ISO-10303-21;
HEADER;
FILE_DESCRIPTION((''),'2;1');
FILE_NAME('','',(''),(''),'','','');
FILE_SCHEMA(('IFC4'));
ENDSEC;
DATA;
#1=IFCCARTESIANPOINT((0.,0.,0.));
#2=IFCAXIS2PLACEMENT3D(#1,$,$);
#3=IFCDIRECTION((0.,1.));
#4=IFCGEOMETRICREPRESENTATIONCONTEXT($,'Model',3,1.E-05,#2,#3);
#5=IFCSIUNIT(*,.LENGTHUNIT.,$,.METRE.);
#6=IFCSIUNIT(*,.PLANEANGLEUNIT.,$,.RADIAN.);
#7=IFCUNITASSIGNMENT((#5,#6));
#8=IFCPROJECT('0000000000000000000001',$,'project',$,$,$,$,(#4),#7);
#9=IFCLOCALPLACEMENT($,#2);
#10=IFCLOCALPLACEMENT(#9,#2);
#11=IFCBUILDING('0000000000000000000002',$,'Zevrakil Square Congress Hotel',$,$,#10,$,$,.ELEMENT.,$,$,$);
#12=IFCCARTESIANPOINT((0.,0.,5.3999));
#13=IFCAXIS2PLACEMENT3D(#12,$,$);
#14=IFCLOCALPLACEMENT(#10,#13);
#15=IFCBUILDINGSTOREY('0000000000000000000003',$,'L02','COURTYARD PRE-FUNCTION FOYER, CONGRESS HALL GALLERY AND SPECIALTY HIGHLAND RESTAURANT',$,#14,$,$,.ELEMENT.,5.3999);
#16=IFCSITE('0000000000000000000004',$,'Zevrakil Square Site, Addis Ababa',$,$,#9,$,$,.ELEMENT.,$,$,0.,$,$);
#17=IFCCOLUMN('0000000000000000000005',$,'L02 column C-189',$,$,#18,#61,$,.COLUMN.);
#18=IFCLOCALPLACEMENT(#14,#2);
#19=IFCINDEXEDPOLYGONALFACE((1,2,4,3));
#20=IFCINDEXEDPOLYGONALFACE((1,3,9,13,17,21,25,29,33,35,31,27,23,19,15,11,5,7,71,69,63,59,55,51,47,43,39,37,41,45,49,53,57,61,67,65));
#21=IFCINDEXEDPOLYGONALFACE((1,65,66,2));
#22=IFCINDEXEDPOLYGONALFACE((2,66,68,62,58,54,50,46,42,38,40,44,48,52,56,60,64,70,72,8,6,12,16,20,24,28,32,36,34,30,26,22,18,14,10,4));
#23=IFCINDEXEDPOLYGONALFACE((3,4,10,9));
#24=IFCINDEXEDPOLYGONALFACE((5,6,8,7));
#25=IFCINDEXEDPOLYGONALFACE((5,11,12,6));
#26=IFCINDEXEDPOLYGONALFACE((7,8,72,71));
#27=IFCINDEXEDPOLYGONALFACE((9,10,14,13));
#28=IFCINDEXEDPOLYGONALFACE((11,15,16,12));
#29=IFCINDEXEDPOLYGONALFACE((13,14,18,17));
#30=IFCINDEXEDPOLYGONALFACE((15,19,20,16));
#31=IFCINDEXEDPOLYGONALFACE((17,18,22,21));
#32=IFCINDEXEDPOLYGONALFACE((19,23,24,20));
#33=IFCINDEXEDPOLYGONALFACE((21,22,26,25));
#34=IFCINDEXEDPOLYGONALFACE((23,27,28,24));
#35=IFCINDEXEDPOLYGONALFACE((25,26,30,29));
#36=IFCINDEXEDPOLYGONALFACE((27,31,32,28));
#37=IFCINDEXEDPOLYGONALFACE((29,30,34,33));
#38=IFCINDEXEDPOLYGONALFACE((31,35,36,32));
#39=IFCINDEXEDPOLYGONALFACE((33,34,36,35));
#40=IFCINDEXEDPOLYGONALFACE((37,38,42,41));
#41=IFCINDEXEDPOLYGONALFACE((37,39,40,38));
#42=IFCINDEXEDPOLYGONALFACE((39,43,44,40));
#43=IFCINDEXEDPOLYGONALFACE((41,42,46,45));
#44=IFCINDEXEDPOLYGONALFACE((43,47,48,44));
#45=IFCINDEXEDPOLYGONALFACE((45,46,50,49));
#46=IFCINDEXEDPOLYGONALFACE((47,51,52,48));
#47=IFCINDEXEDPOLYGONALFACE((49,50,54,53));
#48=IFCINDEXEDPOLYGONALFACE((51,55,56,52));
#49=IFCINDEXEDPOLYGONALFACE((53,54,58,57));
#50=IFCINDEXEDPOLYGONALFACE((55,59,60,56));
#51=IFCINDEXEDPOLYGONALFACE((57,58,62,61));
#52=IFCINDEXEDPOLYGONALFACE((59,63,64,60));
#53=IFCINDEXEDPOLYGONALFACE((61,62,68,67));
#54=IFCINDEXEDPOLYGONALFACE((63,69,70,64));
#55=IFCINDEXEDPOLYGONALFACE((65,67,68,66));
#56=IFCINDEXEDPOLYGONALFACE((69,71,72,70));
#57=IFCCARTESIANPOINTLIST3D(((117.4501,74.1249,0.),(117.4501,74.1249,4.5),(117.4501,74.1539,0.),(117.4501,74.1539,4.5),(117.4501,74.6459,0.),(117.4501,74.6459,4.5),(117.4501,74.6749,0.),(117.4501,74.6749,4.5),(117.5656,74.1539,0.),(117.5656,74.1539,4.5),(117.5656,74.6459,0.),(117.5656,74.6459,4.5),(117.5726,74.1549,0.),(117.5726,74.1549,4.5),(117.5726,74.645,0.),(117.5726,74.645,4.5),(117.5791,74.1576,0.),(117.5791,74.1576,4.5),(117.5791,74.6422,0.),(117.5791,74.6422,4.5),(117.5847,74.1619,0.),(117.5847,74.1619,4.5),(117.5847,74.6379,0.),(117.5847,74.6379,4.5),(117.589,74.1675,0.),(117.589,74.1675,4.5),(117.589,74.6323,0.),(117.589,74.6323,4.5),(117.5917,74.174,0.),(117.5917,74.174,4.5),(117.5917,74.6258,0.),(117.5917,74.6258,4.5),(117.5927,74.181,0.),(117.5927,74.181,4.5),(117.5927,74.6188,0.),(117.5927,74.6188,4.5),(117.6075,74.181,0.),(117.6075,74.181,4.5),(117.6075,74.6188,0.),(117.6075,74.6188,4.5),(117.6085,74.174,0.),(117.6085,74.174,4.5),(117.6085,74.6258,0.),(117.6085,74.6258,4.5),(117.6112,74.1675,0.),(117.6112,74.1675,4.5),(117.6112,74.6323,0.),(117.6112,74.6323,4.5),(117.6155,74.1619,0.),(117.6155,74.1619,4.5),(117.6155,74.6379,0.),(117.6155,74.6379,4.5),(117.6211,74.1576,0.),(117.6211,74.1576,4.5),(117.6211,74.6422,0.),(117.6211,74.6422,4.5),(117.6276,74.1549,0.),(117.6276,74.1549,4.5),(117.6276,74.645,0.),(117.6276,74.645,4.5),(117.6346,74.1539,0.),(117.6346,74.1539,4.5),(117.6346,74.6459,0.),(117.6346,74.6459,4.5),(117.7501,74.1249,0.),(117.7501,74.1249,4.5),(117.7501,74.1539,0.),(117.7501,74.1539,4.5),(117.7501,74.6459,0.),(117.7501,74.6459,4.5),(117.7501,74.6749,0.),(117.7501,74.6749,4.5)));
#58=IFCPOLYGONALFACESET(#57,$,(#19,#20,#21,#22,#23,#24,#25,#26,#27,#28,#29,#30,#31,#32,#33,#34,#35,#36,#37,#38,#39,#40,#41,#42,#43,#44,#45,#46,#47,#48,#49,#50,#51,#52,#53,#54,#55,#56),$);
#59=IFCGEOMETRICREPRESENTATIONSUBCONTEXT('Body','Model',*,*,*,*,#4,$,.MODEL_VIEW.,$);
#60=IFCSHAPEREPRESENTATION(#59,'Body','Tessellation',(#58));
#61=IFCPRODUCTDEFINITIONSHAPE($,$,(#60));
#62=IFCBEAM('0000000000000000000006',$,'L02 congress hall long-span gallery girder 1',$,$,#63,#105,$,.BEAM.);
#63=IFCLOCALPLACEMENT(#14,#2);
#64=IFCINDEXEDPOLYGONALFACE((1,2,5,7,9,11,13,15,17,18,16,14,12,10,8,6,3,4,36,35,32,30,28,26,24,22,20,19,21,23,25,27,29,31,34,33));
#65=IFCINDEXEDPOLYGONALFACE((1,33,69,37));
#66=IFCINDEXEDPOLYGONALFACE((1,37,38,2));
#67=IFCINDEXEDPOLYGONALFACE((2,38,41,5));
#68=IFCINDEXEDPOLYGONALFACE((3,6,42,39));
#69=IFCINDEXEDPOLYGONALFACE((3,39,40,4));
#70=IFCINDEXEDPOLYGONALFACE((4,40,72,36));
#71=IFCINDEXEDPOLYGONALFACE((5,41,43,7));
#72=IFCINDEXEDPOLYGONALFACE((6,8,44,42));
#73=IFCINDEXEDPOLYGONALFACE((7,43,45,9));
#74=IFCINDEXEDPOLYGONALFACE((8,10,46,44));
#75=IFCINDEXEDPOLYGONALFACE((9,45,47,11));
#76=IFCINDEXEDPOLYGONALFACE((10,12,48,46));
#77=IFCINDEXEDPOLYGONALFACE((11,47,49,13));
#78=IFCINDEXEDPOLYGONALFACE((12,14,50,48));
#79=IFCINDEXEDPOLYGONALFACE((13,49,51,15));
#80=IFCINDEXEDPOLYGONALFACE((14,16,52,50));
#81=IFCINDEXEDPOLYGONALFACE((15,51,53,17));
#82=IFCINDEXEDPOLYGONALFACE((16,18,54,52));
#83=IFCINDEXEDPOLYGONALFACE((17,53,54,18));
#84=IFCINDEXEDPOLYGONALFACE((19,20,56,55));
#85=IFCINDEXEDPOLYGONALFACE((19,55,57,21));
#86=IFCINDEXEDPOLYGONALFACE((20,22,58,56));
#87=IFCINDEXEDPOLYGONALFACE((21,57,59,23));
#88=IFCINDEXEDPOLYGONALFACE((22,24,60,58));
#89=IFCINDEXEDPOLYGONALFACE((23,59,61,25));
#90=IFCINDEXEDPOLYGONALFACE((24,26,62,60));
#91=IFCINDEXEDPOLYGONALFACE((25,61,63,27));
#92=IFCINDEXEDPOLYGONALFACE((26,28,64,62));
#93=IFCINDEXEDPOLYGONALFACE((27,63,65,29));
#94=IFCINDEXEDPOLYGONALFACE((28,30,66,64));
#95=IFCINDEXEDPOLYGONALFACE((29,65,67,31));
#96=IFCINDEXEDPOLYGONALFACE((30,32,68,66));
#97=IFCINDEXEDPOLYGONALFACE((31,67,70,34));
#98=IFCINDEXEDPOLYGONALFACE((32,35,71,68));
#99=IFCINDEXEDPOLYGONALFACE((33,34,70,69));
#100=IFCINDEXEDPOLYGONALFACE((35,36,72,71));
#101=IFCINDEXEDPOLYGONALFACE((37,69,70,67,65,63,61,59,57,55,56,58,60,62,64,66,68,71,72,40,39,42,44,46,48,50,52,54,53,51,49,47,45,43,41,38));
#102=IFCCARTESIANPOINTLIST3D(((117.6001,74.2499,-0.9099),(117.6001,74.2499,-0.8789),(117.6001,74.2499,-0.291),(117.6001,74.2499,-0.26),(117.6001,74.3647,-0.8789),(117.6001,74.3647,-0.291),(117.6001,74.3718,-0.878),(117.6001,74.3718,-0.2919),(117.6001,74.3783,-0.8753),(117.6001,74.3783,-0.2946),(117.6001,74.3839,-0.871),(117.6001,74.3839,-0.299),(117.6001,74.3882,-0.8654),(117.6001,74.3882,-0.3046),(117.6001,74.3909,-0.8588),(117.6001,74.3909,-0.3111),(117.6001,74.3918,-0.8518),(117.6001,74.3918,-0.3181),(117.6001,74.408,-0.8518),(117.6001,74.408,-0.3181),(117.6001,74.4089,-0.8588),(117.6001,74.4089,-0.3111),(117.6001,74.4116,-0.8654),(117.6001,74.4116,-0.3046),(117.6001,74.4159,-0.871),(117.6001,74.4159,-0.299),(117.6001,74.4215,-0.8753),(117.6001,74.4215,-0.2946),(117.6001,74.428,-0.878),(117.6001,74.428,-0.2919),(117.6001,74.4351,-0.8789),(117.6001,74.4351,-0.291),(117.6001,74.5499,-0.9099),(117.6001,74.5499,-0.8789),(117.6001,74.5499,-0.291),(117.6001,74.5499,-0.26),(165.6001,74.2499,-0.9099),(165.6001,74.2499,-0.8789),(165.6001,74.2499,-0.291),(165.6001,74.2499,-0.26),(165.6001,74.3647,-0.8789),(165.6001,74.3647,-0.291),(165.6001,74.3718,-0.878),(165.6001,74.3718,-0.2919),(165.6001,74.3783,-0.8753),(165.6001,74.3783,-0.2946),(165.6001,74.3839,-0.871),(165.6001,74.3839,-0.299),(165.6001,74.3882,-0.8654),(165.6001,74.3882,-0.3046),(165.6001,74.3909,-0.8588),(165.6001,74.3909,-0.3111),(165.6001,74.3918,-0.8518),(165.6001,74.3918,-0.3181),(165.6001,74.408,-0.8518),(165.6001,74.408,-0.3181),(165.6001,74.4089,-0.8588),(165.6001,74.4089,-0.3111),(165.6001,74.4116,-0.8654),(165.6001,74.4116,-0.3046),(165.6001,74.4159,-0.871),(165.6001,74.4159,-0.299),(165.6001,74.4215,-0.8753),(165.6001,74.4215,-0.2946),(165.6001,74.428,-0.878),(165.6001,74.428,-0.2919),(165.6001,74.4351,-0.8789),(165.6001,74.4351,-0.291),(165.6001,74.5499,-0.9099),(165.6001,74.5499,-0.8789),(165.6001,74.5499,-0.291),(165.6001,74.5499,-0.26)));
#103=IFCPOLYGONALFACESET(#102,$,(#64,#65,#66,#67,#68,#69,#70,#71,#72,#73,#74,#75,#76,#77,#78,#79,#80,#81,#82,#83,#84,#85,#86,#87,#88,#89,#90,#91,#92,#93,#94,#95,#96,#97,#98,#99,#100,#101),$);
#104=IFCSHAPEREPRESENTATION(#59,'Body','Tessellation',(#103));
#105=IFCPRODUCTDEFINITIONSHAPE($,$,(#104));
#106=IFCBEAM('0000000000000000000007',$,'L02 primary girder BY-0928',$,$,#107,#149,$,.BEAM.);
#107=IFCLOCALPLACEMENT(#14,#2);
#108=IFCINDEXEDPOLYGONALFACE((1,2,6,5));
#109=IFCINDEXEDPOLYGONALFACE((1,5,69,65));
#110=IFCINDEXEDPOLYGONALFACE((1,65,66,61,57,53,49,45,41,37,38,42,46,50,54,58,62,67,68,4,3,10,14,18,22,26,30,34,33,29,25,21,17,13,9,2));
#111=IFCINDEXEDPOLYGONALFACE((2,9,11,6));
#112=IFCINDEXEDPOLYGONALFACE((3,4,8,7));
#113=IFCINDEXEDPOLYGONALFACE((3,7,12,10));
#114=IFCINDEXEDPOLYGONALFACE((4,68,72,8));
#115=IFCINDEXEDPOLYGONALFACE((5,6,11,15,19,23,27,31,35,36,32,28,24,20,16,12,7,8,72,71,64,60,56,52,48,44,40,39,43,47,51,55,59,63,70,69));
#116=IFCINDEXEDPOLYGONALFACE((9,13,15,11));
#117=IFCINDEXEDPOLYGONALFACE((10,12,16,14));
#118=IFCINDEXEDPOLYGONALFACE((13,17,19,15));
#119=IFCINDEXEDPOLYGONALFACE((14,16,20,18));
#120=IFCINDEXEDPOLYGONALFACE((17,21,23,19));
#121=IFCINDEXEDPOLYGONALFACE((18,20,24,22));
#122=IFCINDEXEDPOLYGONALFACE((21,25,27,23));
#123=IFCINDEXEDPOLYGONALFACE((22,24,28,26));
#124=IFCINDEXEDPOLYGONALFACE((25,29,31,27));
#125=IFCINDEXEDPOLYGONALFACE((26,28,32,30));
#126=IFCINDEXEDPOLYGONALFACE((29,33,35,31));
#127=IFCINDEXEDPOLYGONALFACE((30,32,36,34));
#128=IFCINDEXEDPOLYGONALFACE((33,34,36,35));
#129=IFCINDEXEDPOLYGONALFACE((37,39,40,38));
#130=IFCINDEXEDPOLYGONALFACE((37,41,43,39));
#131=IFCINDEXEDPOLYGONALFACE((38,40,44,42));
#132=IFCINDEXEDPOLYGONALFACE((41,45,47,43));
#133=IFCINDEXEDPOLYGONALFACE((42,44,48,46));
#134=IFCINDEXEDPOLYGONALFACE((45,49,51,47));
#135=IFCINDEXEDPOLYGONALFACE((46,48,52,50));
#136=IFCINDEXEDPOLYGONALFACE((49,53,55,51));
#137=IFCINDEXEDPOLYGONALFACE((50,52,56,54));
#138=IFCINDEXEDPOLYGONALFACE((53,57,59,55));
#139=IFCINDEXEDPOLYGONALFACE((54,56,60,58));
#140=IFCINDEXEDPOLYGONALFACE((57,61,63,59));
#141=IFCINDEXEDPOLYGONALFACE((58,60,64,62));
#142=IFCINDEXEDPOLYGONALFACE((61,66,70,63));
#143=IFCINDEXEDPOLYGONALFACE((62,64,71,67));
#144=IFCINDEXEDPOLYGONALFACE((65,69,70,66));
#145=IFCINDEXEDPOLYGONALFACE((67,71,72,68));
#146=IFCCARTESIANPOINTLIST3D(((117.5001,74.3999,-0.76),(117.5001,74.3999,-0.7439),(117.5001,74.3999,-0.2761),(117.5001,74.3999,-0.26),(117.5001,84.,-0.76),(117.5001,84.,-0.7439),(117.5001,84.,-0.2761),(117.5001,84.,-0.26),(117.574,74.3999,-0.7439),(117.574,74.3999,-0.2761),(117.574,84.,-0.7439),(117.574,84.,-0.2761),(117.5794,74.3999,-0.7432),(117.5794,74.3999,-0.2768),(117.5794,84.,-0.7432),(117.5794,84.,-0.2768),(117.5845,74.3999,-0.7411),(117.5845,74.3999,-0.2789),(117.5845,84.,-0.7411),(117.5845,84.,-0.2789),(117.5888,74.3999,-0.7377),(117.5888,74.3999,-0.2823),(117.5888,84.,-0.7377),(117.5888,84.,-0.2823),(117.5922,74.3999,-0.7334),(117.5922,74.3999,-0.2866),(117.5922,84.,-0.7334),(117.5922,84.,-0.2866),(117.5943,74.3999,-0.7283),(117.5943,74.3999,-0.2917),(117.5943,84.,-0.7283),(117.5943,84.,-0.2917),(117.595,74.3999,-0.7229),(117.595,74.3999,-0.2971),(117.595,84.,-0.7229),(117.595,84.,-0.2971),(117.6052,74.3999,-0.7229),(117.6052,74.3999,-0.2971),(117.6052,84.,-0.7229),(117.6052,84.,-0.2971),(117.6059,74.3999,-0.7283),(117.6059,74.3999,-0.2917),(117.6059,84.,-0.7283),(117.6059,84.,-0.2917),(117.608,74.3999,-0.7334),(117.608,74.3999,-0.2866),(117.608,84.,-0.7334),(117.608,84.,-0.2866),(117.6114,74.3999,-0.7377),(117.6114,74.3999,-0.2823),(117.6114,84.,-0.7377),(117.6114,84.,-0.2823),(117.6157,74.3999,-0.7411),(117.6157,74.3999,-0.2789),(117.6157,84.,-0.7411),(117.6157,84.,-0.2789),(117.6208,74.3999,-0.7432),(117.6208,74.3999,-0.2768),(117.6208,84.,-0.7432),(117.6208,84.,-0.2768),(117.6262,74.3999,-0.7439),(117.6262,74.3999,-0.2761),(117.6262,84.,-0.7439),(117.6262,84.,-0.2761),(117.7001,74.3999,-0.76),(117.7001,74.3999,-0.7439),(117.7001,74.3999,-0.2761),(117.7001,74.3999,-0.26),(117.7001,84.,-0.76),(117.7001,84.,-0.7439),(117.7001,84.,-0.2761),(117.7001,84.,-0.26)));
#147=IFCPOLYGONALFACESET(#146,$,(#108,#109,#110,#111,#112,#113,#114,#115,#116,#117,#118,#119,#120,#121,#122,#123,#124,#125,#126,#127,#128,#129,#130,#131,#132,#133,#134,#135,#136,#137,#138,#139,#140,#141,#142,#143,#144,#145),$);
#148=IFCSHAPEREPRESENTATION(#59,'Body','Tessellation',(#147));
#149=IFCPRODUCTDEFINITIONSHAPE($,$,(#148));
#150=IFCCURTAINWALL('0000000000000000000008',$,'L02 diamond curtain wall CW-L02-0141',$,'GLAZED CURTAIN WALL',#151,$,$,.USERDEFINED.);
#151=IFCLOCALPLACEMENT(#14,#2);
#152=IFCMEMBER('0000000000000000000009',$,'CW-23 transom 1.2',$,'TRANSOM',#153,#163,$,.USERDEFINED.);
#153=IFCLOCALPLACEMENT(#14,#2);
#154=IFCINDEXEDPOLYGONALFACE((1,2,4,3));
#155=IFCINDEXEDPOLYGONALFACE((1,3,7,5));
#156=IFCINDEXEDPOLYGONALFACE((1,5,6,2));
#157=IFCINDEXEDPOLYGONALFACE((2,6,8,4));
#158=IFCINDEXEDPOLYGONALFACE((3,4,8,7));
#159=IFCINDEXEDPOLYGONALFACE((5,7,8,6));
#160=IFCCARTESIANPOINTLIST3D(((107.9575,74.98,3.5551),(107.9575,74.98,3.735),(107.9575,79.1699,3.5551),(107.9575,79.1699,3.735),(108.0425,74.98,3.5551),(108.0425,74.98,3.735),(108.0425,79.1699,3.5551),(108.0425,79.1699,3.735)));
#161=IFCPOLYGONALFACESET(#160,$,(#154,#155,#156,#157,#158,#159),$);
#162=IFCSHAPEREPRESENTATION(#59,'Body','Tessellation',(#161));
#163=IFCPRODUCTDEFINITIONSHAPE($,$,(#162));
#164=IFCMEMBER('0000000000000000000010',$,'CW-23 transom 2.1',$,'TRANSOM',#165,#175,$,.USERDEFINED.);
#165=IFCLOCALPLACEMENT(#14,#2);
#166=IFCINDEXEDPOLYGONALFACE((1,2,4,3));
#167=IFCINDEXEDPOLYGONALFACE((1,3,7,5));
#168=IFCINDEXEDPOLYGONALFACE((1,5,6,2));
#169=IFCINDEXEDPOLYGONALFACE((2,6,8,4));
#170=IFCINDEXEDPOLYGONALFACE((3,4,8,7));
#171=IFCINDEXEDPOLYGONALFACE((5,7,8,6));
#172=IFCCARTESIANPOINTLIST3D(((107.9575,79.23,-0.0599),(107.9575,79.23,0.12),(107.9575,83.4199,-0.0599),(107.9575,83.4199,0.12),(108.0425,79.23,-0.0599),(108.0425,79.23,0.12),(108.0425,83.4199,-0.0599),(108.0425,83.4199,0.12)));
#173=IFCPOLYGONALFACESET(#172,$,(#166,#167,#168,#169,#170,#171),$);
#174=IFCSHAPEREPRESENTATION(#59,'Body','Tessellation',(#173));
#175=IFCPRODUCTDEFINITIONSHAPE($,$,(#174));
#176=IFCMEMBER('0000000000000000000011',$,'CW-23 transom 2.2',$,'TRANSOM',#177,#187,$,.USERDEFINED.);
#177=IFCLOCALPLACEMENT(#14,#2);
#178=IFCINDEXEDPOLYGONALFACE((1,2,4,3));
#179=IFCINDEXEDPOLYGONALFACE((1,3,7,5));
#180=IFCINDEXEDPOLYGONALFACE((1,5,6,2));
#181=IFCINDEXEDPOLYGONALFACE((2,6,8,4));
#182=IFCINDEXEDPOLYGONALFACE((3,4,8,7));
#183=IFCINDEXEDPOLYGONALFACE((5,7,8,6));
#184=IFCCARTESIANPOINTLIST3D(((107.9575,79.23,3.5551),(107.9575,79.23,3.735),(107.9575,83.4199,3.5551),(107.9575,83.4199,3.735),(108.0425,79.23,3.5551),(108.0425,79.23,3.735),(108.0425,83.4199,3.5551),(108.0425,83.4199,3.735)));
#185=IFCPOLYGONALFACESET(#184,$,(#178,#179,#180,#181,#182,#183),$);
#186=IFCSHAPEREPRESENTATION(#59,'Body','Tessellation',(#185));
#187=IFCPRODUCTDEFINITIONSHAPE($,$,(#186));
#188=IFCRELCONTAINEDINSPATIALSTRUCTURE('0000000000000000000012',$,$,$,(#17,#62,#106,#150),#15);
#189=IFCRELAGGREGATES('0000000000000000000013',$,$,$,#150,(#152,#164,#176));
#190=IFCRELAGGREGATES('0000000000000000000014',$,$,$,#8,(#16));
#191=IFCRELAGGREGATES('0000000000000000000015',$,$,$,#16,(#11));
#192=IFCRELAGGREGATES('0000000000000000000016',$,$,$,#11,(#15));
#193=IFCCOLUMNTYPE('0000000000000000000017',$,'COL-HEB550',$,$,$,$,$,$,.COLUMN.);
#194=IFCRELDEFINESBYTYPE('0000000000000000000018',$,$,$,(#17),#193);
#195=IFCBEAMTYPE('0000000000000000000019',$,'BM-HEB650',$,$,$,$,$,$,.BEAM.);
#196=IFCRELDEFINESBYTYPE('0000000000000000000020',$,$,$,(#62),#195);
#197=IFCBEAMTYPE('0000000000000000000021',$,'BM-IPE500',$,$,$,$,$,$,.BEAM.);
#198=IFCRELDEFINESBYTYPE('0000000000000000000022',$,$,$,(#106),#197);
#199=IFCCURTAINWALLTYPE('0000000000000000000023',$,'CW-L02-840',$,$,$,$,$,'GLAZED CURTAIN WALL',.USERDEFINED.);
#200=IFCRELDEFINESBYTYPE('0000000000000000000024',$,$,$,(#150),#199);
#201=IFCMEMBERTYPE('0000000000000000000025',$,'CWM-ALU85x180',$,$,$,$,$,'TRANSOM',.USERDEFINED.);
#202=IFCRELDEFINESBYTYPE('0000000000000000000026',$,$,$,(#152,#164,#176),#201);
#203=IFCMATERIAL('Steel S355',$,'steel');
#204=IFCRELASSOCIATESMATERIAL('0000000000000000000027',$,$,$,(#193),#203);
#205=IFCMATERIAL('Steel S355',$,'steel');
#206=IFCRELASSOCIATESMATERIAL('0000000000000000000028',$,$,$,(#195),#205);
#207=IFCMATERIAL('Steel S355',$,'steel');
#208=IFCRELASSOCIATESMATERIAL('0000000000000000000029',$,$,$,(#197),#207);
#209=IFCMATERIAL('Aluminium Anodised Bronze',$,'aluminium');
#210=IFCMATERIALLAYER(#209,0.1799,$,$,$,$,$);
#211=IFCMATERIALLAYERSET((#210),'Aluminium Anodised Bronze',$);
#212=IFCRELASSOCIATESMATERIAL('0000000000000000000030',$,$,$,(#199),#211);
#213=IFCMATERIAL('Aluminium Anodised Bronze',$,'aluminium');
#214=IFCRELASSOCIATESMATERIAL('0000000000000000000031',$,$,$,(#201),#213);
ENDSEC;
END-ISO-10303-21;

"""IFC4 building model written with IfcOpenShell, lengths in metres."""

from ifc_helpers import new_model, si_unit, direction, frame, origin, origin_2d, place, context, subcontext, project, spatial, rectangle, i_section, extrude, material, layer, layer_set, material_profile, profile_set, type_object, element, aggregate, save


model = new_model("IFC4")

# Units and contexts
model_context = context("Model", 3, precision=1e-05, world=origin(), true_north=direction((0.0, 1.0)))
body_context = subcontext(model_context, "Body", "Model", "MODEL_VIEW")
ifc_project = project(units=[si_unit("LENGTHUNIT", "METRE"), si_unit("PLANEANGLEUNIT", "RADIAN")], contexts=[model_context])

# Site, building, storey
site_placement = place(None, origin())
site = spatial("IfcSite", under=ifc_project, at=site_placement, Name="Zevrakil Square Site, Addis Ababa", CompositionType="ELEMENT", RefElevation=0.0)
building_placement = place(site_placement, origin())
building = spatial("IfcBuilding", under=site, at=building_placement, Name="Zevrakil Square Congress Hotel", CompositionType="ELEMENT")
storey_placement = place(building_placement, frame((0.0, 0.0, 5.3999)))
storey = spatial("IfcBuildingStorey", under=building, at=storey_placement, Name="L02", Description="COURTYARD PRE-FUNCTION FOYER, CONGRESS HALL GALLERY AND SPECIALTY HIGHLAND RESTAURANT", CompositionType="ELEMENT", Elevation=5.3999)

# Column
ifc_material_1 = material(Name="Steel S355", Category="steel")
ifc_material_profile_1 = material_profile(ifc_material_1, i_section(OverallWidth=0.3, OverallDepth=0.55, WebThickness=0.0149, FlangeThickness=0.0291, FilletRadius=0.0271, at=origin_2d()), Name="HEB 550")
ifc_profile_set_1 = profile_set([ifc_material_profile_1], Name="Steel S355")
column_type = type_object("IfcColumnType", Name="COL-HEB550", PredefinedType="COLUMN", material=ifc_profile_set_1)
column_placement = place(storey_placement, frame((117.6001, 74.3999, 0.0), z_axis=(0.0, 0.0, 1.0), x_axis=(1.0, 0.0, 0.0)))
element("IfcColumn", 1, at=column_placement, inside=storey, type_object=column_type, Name="L02 column C-189", PredefinedType="COLUMN", context=body_context, shape_type="SweptSolid", body=[
    extrude(i_section(OverallWidth=0.3, OverallDepth=0.55, WebThickness=0.0149, FlangeThickness=0.0291, FilletRadius=0.0271, at=origin_2d()), origin(), (0.0, 0.0, 1.0), 4.5),
])

# Beams
ifc_material_2 = material(Name="Steel S355", Category="steel")
ifc_material_profile_2 = material_profile(ifc_material_2, i_section(OverallWidth=0.3, OverallDepth=0.6499, WebThickness=0.0161, FlangeThickness=0.031, FilletRadius=0.0271, at=origin_2d()), Name="HEB 650")
ifc_profile_set_2 = profile_set([ifc_material_profile_2], Name="Steel S355")
beam_type_1 = type_object("IfcBeamType", Name="BM-HEB650", PredefinedType="BEAM", material=ifc_profile_set_2)
beam_1_placement = place(storey_placement, frame((117.6001, 74.3999, -0.585), z_axis=(1.0, 0.0, 0.0), x_axis=(0.0, 1.0, 0.0)))
element("IfcBeam", 2, at=beam_1_placement, inside=storey, type_object=beam_type_1, Name="L02 congress hall long-span gallery girder 1", PredefinedType="BEAM", context=body_context, shape_type="SweptSolid", body=[
    extrude(i_section(OverallWidth=0.3, OverallDepth=0.6499, WebThickness=0.0161, FlangeThickness=0.031, FilletRadius=0.0271, at=origin_2d()), origin(), (0.0, 0.0, 1.0), 48.0),
])
ifc_material_3 = material(Name="Steel S355", Category="steel")
ifc_material_profile_3 = material_profile(ifc_material_3, i_section(OverallWidth=0.2, OverallDepth=0.5, WebThickness=0.0103, FlangeThickness=0.0161, FilletRadius=0.021, at=origin_2d()), Name="IPE 500")
ifc_profile_set_3 = profile_set([ifc_material_profile_3], Name="Steel S355")
beam_type_2 = type_object("IfcBeamType", Name="BM-IPE500", PredefinedType="BEAM", material=ifc_profile_set_3)
beam_2_placement = place(storey_placement, frame((117.6001, 74.3999, -0.51), z_axis=(0.0, 1.0, 0.0), x_axis=(-1.0, 0.0, 0.0)))
element("IfcBeam", 3, at=beam_2_placement, inside=storey, type_object=beam_type_2, Name="L02 primary girder BY-0928", PredefinedType="BEAM", context=body_context, shape_type="SweptSolid", body=[
    extrude(i_section(OverallWidth=0.2, OverallDepth=0.5, WebThickness=0.0103, FlangeThickness=0.0161, FilletRadius=0.021, at=origin_2d()), origin(), (0.0, 0.0, 1.0), 9.6001),
])

# Curtain wall, members
ifc_material_4 = material(Name="Aluminium Anodised Bronze", Category="aluminium")
ifc_layer_1 = layer(ifc_material_4, 0.1799)
ifc_layer_set_1 = layer_set([ifc_layer_1], Name="Aluminium Anodised Bronze")
curtain_wall_type = type_object("IfcCurtainWallType", Name="CW-L02-840", ElementType="GLAZED CURTAIN WALL", PredefinedType="USERDEFINED", material=ifc_layer_set_1)
curtain_wall_placement = place(storey_placement, origin())
curtain_wall = element("IfcCurtainWall", 4, at=curtain_wall_placement, inside=storey, type_object=curtain_wall_type, Name="L02 diamond curtain wall CW-L02-0141", ObjectType="GLAZED CURTAIN WALL", PredefinedType="USERDEFINED")
ifc_material_5 = material(Name="Aluminium Anodised Bronze", Category="aluminium")
ifc_material_profile_4 = material_profile(ifc_material_5, rectangle(XDim=0.085, YDim=0.1799, at=origin_2d()), Name="ALU 85x180")
ifc_profile_set_4 = profile_set([ifc_material_profile_4], Name="Aluminium Anodised Bronze")
member_type_1 = type_object("IfcMemberType", Name="CWM-ALU85x180", ElementType="TRANSOM", PredefinedType="USERDEFINED", material=ifc_profile_set_4)
member_1_placement = place(storey_placement, frame((108.0, 74.98, 3.645), z_axis=(0.0, 1.0, 0.0), x_axis=(-1.0, 0.0, 0.0)))
member_1 = element("IfcMember", 5, at=member_1_placement, type_object=member_type_1, Name="CW-23 transom 1.2", ObjectType="TRANSOM", PredefinedType="USERDEFINED", context=body_context, shape_type="SweptSolid", body=[
    extrude(rectangle(XDim=0.085, YDim=0.1799, at=origin_2d()), origin(), (0.0, 0.0, 1.0), 4.1899),
])
member_2_placement = place(storey_placement, frame((108.0, 79.23, 0.03), z_axis=(0.0, 1.0, 0.0), x_axis=(-1.0, 0.0, 0.0)))
member_2 = element("IfcMember", 6, at=member_2_placement, type_object=member_type_1, Name="CW-23 transom 2.1", ObjectType="TRANSOM", PredefinedType="USERDEFINED", context=body_context, shape_type="SweptSolid", body=[
    extrude(rectangle(XDim=0.085, YDim=0.1799, at=origin_2d()), origin(), (0.0, 0.0, 1.0), 4.1899),
])
member_3_placement = place(storey_placement, frame((108.0, 79.23, 3.645), z_axis=(0.0, 1.0, 0.0), x_axis=(-1.0, 0.0, 0.0)))
member_3 = element("IfcMember", 7, at=member_3_placement, type_object=member_type_1, Name="CW-23 transom 2.2", ObjectType="TRANSOM", PredefinedType="USERDEFINED", context=body_context, shape_type="SweptSolid", body=[
    extrude(rectangle(XDim=0.085, YDim=0.1799, at=origin_2d()), origin(), (0.0, 0.0, 1.0), 4.1899),
])
aggregate(curtain_wall, [member_1, member_2, member_3])

save(model, "model.ifc")
